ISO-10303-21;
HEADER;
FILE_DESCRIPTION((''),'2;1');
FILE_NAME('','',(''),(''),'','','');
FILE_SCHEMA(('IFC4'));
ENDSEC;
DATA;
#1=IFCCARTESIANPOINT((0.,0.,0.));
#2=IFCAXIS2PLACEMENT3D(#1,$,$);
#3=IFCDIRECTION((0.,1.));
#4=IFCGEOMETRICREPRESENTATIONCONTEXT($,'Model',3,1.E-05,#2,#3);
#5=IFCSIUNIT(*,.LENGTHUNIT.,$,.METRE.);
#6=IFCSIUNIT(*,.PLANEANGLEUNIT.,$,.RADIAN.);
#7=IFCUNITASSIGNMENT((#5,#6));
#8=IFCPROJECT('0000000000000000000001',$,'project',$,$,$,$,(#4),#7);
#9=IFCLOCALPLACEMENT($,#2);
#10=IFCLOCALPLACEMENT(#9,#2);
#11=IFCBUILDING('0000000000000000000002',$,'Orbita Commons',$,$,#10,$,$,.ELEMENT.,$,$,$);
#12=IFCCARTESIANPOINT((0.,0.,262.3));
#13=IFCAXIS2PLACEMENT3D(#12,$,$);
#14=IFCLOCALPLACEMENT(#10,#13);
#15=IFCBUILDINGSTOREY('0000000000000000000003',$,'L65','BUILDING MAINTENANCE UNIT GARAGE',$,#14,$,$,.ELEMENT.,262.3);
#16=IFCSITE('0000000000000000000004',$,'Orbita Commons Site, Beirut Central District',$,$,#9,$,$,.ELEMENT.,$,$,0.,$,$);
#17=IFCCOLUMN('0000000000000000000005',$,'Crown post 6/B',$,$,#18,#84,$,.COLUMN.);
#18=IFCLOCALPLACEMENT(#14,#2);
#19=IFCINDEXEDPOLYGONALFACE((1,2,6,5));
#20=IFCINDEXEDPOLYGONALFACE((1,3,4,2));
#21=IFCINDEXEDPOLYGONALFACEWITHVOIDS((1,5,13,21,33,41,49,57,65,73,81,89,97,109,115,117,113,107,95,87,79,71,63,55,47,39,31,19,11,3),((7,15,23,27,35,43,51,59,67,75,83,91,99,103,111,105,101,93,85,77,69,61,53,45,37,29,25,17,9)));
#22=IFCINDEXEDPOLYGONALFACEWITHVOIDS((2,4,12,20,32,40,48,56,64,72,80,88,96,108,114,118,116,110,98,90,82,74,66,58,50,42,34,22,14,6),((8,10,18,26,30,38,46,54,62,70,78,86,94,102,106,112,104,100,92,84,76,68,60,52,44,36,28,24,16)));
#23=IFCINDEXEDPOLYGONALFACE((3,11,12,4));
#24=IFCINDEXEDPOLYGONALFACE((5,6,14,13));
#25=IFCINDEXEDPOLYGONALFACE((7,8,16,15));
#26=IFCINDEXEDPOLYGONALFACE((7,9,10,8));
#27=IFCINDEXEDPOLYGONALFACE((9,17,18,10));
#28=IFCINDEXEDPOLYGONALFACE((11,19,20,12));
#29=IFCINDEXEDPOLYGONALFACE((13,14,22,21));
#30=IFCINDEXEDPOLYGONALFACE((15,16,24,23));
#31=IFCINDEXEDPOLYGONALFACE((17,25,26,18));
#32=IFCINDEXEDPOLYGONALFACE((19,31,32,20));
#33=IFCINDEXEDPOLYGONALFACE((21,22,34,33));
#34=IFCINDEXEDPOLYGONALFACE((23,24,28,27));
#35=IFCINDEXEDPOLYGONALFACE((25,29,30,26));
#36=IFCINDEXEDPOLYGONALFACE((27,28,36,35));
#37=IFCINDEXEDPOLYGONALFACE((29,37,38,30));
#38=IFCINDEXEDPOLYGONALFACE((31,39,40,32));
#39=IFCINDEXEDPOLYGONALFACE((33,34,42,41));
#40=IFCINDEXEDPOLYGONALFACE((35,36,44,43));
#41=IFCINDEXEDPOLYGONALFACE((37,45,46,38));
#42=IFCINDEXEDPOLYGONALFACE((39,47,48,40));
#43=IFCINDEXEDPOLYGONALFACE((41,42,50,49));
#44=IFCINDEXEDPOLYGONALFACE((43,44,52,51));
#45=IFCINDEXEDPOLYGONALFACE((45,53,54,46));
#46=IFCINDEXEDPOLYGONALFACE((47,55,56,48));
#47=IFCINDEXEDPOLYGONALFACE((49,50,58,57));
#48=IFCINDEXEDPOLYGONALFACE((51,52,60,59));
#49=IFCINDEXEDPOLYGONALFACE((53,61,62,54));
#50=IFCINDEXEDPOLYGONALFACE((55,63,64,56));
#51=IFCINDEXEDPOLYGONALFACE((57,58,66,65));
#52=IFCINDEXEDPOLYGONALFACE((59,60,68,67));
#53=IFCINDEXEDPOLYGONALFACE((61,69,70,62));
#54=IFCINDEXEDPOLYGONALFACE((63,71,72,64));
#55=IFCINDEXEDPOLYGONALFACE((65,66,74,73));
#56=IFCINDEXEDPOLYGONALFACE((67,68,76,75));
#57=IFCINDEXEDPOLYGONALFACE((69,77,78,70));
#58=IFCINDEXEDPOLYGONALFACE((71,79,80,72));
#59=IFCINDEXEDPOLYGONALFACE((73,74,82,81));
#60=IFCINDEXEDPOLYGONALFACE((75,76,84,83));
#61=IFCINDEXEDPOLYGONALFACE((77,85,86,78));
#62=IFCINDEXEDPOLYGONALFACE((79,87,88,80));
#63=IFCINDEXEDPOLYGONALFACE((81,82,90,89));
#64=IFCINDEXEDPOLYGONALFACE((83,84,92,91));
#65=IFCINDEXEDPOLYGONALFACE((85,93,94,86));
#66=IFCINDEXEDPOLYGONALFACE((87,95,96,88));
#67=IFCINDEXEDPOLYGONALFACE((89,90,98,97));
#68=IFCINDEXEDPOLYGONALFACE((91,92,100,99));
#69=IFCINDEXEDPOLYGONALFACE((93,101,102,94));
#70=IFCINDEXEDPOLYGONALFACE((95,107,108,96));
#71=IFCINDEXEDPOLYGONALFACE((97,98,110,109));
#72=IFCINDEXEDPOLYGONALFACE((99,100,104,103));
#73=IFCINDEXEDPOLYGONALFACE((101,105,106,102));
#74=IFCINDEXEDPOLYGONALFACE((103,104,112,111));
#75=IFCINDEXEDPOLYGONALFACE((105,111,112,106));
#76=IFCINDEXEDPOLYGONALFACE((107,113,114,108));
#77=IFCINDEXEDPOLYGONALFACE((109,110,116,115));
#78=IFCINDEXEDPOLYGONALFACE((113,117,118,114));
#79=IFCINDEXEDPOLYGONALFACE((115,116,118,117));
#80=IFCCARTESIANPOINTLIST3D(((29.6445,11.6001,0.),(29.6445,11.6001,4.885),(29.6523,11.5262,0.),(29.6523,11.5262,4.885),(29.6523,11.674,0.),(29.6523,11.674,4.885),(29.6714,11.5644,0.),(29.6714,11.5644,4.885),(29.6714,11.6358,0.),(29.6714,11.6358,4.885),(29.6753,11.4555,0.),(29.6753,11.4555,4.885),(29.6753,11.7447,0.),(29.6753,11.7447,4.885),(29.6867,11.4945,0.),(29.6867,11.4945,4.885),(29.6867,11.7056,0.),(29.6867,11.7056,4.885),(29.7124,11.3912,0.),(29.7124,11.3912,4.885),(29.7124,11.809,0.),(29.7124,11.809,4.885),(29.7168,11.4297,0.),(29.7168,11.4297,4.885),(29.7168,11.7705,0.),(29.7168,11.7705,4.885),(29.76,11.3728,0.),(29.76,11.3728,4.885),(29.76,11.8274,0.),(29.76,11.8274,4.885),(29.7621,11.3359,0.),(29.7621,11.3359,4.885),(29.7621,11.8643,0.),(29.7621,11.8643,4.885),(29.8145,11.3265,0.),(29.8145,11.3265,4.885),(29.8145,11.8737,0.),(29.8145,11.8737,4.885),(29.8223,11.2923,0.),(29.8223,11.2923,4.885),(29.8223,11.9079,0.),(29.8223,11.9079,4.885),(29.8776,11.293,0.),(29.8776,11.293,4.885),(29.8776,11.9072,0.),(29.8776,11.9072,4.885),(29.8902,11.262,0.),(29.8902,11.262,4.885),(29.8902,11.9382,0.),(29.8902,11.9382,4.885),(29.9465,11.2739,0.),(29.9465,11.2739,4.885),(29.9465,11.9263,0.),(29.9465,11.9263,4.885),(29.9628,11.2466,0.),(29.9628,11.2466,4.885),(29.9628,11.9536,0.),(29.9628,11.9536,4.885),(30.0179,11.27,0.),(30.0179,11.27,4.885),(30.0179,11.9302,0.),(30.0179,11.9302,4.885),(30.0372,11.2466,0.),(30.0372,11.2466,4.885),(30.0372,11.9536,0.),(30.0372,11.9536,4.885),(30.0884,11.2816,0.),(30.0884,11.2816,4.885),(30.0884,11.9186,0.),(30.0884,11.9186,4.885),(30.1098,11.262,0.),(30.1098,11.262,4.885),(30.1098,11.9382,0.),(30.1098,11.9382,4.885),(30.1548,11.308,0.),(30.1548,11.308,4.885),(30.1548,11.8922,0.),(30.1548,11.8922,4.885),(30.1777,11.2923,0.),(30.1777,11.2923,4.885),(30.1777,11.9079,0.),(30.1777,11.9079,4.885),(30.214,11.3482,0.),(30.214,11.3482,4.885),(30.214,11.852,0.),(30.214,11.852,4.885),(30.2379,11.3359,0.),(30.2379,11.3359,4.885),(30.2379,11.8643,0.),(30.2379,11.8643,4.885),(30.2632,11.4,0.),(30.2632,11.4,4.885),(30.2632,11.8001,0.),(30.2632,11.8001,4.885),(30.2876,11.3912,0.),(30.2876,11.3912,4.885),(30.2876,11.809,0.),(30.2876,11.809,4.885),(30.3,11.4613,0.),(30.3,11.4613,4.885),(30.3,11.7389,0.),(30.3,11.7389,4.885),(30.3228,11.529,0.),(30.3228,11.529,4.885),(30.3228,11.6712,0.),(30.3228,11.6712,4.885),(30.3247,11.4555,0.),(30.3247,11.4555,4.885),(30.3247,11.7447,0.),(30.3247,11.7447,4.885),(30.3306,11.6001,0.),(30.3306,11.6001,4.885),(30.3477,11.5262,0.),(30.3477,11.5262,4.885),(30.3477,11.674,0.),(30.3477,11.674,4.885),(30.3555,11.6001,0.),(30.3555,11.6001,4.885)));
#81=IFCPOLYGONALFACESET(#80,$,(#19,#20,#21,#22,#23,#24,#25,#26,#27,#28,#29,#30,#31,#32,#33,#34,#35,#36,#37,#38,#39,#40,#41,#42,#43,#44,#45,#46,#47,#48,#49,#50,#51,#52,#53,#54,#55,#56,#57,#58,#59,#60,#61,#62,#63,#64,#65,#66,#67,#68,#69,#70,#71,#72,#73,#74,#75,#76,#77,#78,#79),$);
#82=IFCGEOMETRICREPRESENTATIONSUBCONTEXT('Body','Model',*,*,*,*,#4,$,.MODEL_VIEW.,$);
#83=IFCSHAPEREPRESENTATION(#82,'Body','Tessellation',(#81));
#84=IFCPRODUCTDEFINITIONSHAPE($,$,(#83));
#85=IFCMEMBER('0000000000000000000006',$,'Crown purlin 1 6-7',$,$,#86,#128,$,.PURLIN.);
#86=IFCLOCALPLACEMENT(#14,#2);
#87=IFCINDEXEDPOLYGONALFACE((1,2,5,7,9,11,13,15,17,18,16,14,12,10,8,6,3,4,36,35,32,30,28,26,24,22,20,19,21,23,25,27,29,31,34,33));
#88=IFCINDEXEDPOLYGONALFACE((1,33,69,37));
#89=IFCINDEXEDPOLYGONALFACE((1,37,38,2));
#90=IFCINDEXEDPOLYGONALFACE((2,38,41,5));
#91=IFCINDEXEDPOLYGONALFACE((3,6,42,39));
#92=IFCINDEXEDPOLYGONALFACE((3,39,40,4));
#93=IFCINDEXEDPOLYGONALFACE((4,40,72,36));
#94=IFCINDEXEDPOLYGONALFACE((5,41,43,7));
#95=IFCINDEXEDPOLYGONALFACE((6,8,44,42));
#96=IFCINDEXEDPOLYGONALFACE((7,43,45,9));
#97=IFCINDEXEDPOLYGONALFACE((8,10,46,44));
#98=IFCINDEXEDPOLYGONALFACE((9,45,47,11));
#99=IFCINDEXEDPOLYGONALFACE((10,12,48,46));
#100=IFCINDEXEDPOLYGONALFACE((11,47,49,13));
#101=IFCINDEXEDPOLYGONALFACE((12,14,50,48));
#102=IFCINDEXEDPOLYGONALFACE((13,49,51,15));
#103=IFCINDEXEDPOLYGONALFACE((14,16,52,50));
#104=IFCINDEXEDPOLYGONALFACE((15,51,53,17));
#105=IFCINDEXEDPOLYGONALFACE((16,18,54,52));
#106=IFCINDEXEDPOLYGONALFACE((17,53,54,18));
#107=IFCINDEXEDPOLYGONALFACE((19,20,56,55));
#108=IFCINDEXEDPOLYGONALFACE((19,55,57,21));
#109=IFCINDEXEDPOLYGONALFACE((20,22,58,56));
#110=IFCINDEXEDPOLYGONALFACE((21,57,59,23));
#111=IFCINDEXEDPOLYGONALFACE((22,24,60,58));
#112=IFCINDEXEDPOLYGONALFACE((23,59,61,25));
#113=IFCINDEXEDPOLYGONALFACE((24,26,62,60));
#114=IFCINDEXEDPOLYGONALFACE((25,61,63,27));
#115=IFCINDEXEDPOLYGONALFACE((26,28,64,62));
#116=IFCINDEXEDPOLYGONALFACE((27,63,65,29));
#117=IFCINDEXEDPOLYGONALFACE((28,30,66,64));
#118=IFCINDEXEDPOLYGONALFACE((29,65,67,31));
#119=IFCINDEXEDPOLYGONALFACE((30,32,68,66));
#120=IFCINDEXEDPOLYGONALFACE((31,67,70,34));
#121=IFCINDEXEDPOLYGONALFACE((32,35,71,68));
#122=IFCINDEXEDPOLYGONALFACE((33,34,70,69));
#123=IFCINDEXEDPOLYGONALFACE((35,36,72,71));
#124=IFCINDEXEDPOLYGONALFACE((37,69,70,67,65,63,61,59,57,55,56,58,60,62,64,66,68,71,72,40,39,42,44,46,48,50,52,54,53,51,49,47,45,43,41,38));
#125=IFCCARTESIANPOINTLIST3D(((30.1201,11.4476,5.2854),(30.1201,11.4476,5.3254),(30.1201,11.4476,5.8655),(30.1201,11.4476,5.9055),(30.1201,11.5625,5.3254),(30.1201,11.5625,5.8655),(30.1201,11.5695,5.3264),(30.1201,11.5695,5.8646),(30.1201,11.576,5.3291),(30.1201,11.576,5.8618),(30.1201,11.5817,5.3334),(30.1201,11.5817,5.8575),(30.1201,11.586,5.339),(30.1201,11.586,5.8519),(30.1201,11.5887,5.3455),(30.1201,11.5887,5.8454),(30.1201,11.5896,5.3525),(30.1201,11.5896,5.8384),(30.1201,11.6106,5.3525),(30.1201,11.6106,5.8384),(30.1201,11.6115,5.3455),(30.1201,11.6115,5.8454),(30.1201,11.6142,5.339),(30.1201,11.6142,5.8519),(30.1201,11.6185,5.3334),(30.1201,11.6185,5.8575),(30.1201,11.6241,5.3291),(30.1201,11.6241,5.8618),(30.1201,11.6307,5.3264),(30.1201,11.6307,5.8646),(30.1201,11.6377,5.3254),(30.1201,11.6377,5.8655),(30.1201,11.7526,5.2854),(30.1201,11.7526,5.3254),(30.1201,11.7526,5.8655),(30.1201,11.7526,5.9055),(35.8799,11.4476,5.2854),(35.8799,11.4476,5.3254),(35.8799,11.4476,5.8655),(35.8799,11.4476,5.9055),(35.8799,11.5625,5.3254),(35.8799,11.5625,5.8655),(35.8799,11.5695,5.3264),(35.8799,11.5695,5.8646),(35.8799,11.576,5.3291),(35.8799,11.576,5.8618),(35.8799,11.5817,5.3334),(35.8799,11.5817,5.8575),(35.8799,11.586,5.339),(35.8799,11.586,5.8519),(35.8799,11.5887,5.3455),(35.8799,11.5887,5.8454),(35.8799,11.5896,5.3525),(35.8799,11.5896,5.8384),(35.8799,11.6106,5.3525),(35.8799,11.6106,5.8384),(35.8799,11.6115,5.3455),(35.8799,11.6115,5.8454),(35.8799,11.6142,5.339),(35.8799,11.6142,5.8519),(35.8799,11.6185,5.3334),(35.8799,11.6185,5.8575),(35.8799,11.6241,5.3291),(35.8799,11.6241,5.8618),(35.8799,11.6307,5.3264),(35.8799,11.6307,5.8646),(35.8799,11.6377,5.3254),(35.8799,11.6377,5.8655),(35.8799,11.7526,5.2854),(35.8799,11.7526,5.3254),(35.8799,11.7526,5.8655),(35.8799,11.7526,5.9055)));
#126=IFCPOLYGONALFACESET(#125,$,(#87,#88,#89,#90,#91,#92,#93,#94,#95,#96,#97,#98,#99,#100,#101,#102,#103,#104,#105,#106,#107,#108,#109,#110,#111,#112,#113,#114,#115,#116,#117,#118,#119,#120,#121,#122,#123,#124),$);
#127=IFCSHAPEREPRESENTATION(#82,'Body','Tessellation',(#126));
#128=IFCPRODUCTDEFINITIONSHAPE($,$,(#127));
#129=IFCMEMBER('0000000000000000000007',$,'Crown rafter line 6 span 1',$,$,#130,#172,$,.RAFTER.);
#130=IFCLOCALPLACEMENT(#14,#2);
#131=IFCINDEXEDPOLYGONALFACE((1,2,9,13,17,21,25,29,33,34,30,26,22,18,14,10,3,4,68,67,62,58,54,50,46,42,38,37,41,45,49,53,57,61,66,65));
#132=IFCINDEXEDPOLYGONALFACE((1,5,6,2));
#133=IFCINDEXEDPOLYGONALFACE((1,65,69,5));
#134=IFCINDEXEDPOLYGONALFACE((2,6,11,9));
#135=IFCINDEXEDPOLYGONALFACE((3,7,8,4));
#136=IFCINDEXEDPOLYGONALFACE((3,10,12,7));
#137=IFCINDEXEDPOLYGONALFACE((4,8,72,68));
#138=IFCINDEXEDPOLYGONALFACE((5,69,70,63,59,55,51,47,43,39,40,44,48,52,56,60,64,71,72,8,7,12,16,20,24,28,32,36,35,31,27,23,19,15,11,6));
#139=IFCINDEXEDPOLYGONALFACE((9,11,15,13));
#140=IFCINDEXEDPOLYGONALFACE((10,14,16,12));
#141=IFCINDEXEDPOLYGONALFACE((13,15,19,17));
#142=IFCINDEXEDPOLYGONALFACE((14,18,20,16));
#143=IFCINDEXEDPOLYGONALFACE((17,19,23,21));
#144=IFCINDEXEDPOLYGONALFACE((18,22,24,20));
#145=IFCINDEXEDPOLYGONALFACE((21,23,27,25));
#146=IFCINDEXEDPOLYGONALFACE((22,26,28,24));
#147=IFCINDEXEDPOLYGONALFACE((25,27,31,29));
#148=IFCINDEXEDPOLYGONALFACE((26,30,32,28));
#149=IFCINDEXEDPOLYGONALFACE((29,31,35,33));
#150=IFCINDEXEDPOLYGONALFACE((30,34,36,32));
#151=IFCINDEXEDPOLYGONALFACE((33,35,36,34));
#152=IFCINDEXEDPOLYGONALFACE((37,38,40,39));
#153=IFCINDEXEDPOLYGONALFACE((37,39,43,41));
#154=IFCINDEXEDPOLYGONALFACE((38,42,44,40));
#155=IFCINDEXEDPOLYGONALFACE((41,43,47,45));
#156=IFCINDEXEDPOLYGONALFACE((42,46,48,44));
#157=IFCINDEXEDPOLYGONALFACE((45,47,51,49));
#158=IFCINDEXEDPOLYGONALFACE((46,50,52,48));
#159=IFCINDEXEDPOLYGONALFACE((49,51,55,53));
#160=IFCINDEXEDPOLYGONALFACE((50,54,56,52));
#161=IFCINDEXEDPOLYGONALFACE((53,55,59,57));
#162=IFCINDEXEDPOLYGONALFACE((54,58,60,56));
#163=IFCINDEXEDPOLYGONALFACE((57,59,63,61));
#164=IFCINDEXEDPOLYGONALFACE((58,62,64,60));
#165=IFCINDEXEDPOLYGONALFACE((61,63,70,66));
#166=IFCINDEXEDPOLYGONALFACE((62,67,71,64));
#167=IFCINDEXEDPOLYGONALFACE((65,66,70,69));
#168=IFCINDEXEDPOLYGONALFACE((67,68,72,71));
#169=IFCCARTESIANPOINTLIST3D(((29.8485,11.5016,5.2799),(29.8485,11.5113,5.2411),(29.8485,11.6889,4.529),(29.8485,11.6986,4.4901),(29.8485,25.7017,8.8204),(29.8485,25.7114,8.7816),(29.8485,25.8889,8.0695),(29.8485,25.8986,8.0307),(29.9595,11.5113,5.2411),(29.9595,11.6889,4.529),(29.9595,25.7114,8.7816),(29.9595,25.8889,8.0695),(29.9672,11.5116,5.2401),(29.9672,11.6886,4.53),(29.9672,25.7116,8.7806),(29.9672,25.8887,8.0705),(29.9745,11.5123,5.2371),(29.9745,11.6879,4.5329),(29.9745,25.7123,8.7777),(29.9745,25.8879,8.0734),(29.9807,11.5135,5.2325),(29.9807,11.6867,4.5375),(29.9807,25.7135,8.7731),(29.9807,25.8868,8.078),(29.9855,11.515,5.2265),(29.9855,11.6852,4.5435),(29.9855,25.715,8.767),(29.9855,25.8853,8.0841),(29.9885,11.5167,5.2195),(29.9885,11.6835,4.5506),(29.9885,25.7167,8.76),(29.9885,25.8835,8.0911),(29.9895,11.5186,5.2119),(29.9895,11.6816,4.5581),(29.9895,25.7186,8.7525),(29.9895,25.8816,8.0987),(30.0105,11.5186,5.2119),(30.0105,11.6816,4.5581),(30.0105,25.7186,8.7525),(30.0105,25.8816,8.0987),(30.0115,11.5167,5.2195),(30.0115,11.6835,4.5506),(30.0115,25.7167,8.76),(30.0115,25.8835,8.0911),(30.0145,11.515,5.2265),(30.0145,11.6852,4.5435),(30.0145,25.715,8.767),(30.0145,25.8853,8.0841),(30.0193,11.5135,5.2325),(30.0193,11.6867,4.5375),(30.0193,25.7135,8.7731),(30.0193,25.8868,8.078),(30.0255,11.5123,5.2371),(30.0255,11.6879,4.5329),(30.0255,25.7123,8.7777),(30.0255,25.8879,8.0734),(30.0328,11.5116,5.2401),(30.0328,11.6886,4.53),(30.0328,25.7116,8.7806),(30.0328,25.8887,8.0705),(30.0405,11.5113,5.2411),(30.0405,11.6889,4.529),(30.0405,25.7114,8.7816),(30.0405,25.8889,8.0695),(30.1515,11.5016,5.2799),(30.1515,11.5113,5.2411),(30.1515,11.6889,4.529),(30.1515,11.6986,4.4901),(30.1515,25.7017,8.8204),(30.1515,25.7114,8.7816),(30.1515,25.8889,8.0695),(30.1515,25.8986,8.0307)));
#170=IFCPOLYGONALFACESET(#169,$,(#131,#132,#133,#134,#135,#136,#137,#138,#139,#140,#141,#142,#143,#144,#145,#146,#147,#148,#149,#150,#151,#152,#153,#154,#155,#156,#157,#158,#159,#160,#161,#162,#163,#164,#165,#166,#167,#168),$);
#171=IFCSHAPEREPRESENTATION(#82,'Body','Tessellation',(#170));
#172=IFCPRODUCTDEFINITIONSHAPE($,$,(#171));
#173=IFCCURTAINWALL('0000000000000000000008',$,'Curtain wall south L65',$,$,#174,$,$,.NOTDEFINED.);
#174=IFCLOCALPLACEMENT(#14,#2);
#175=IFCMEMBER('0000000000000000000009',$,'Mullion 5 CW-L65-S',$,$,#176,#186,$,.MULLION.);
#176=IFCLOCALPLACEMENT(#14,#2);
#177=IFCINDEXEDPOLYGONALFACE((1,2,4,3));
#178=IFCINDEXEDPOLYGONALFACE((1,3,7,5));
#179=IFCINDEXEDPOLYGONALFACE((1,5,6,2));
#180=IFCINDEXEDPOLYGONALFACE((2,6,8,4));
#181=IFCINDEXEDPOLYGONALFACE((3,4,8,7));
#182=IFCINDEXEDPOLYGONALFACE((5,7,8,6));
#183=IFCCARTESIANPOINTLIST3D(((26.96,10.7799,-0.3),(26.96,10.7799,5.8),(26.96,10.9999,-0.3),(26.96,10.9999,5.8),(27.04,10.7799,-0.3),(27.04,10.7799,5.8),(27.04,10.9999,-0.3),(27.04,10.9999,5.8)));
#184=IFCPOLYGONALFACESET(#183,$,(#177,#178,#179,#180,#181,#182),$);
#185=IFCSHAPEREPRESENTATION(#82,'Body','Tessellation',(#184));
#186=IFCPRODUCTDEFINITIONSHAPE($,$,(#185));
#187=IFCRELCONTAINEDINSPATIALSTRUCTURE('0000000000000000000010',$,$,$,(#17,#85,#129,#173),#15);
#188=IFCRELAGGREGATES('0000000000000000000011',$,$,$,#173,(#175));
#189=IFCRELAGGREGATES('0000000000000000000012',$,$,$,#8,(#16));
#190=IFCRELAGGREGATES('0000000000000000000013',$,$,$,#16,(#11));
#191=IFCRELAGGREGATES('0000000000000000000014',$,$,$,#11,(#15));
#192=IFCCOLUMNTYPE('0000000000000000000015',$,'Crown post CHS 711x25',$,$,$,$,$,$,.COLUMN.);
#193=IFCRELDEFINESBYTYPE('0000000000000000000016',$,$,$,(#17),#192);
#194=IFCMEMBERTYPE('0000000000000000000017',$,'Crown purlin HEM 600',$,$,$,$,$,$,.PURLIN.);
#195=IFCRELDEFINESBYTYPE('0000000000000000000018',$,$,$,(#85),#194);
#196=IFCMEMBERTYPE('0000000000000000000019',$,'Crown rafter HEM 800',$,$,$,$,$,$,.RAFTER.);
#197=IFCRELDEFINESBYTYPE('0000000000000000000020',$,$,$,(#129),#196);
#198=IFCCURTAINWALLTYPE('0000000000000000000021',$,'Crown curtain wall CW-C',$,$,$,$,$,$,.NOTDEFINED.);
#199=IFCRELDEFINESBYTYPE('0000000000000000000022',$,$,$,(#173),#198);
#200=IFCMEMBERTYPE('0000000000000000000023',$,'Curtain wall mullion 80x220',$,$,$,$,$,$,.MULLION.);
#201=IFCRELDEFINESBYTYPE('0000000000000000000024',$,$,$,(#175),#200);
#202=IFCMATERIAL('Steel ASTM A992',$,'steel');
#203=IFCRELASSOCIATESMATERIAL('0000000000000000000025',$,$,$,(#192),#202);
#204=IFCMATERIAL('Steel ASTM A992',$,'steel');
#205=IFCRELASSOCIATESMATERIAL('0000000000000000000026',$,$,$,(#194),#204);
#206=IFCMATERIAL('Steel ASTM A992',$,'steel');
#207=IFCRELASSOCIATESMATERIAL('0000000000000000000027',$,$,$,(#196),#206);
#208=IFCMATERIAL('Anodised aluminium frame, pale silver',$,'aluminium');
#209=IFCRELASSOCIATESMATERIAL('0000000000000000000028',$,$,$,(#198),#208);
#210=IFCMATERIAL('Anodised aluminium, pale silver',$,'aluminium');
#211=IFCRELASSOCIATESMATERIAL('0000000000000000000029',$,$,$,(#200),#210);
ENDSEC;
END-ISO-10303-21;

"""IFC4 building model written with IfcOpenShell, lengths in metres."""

from ifc_helpers import new_model, si_unit, direction, frame, origin, origin_2d, place, context, subcontext, project, spatial, rectangle, hollow_circle, i_section, extrude, material, material_profile, profile_set, type_object, element, aggregate, save


model = new_model("IFC4")

# Units and contexts
model_context = context("Model", 3, precision=1e-05, world=origin(), true_north=direction((0.0, 1.0)))
body_context = subcontext(model_context, "Body", "Model", "MODEL_VIEW")
ifc_project = project(units=[si_unit("LENGTHUNIT", "METRE"), si_unit("PLANEANGLEUNIT", "RADIAN")], contexts=[model_context])

# Site, building, storey
site_placement = place(None, origin())
site = spatial("IfcSite", under=ifc_project, at=site_placement, Name="Orbita Commons Site, Beirut Central District", CompositionType="ELEMENT", RefElevation=0.0)
building_placement = place(site_placement, origin())
building = spatial("IfcBuilding", under=site, at=building_placement, Name="Orbita Commons", CompositionType="ELEMENT")
storey_placement = place(building_placement, frame((0.0, 0.0, 262.3)))
storey = spatial("IfcBuildingStorey", under=building, at=storey_placement, Name="L65", Description="BUILDING MAINTENANCE UNIT GARAGE", CompositionType="ELEMENT", Elevation=262.3)

# Column
ifc_material_1 = material(Name="Steel ASTM A992", Category="steel")
ifc_material_profile_1 = material_profile(ifc_material_1, hollow_circle(Radius=0.3555, WallThickness=0.0249, at=origin_2d()), Name="CHS 711x25")
ifc_profile_set_1 = profile_set([ifc_material_profile_1], Name="Steel ASTM A992")
column_type = type_object("IfcColumnType", Name="Crown post CHS 711x25", PredefinedType="COLUMN", material=ifc_profile_set_1)
column_placement = place(storey_placement, frame((30.0, 11.6001, 0.0), z_axis=(0.0, 0.0, 1.0), x_axis=(1.0, 0.0, 0.0)))
element("IfcColumn", 1, at=column_placement, inside=storey, type_object=column_type, Name="Crown post 6/B", PredefinedType="COLUMN", context=body_context, shape_type="SweptSolid", body=[
    extrude(hollow_circle(Radius=0.3555, WallThickness=0.0249, at=origin_2d()), origin(), (0.0, 0.0, 1.0), 4.885),
])

# Members
ifc_material_2 = material(Name="Steel ASTM A992", Category="steel")
ifc_material_profile_2 = material_profile(ifc_material_2, i_section(OverallWidth=0.3049, OverallDepth=0.6201, WebThickness=0.021, FlangeThickness=0.04, FilletRadius=0.0271, at=origin_2d()), Name="HEM 600")
ifc_profile_set_2 = profile_set([ifc_material_profile_2], Name="Steel ASTM A992")
member_type_1 = type_object("IfcMemberType", Name="Crown purlin HEM 600", PredefinedType="PURLIN", material=ifc_profile_set_2)
member_1_placement = place(storey_placement, frame((30.1201, 11.6001, 5.5955), z_axis=(1.0, 0.0, 0.0), x_axis=(0.0, 1.0, 0.0)))
element("IfcMember", 2, at=member_1_placement, inside=storey, type_object=member_type_1, Name="Crown purlin 1 6-7", PredefinedType="PURLIN", context=body_context, shape_type="SweptSolid", body=[
    extrude(i_section(OverallWidth=0.3049, OverallDepth=0.6201, WebThickness=0.021, FlangeThickness=0.04, FilletRadius=0.0271, at=origin_2d()), origin(), (0.0, 0.0, 1.0), 5.7598),
])
ifc_material_3 = material(Name="Steel ASTM A992", Category="steel")
ifc_material_profile_3 = material_profile(ifc_material_3, i_section(OverallWidth=0.303, OverallDepth=0.814, WebThickness=0.021, FlangeThickness=0.04, FilletRadius=0.03, at=origin_2d()), Name="HEM 800")
ifc_profile_set_3 = profile_set([ifc_material_profile_3], Name="Steel ASTM A992")
member_type_2 = type_object("IfcMemberType", Name="Crown rafter HEM 800", PredefinedType="RAFTER", material=ifc_profile_set_3)
member_2_placement = place(storey_placement, frame((30.0, 11.6001, 4.885), z_axis=(0.0, 0.970294, 0.241927), x_axis=(-1.0, 0.0, 0.0)))
element("IfcMember", 3, at=member_2_placement, inside=storey, type_object=member_type_2, Name="Crown rafter line 6 span 1", PredefinedType="RAFTER", context=body_context, shape_type="SweptSolid", body=[
    extrude(i_section(OverallWidth=0.303, OverallDepth=0.814, WebThickness=0.021, FlangeThickness=0.04, FilletRadius=0.03, at=origin_2d()), origin(), (0.0, 0.0, 1.0), 14.6348),
])

# Curtain wall, member
ifc_material_4 = material(Name="Anodised aluminium frame, pale silver", Category="aluminium")
curtain_wall_type = type_object("IfcCurtainWallType", Name="Crown curtain wall CW-C", PredefinedType="NOTDEFINED", material=ifc_material_4)
curtain_wall_placement = place(storey_placement, origin())
curtain_wall = element("IfcCurtainWall", 4, at=curtain_wall_placement, inside=storey, type_object=curtain_wall_type, Name="Curtain wall south L65", PredefinedType="NOTDEFINED")
ifc_material_5 = material(Name="Anodised aluminium, pale silver", Category="aluminium")
ifc_material_profile_4 = material_profile(ifc_material_5, rectangle(XDim=0.0801, YDim=0.22, at=origin_2d()), Name="AL 80x220")
ifc_profile_set_4 = profile_set([ifc_material_profile_4], Name="Anodised aluminium, pale silver")
member_type_3 = type_object("IfcMemberType", Name="Curtain wall mullion 80x220", PredefinedType="MULLION", material=ifc_profile_set_4)
member_3_placement = place(storey_placement, frame((27.0, 10.8899, -0.3), z_axis=(0.0, 0.0, 1.0), x_axis=(1.0, 0.0, 0.0)))
member_3 = element("IfcMember", 5, at=member_3_placement, type_object=member_type_3, Name="Mullion 5 CW-L65-S", PredefinedType="MULLION", context=body_context, shape_type="SweptSolid", body=[
    extrude(rectangle(XDim=0.0801, YDim=0.22, at=origin_2d()), origin(), (0.0, 0.0, 1.0), 6.1001),
])
aggregate(curtain_wall, [member_3])

save(model, "model.ifc")
